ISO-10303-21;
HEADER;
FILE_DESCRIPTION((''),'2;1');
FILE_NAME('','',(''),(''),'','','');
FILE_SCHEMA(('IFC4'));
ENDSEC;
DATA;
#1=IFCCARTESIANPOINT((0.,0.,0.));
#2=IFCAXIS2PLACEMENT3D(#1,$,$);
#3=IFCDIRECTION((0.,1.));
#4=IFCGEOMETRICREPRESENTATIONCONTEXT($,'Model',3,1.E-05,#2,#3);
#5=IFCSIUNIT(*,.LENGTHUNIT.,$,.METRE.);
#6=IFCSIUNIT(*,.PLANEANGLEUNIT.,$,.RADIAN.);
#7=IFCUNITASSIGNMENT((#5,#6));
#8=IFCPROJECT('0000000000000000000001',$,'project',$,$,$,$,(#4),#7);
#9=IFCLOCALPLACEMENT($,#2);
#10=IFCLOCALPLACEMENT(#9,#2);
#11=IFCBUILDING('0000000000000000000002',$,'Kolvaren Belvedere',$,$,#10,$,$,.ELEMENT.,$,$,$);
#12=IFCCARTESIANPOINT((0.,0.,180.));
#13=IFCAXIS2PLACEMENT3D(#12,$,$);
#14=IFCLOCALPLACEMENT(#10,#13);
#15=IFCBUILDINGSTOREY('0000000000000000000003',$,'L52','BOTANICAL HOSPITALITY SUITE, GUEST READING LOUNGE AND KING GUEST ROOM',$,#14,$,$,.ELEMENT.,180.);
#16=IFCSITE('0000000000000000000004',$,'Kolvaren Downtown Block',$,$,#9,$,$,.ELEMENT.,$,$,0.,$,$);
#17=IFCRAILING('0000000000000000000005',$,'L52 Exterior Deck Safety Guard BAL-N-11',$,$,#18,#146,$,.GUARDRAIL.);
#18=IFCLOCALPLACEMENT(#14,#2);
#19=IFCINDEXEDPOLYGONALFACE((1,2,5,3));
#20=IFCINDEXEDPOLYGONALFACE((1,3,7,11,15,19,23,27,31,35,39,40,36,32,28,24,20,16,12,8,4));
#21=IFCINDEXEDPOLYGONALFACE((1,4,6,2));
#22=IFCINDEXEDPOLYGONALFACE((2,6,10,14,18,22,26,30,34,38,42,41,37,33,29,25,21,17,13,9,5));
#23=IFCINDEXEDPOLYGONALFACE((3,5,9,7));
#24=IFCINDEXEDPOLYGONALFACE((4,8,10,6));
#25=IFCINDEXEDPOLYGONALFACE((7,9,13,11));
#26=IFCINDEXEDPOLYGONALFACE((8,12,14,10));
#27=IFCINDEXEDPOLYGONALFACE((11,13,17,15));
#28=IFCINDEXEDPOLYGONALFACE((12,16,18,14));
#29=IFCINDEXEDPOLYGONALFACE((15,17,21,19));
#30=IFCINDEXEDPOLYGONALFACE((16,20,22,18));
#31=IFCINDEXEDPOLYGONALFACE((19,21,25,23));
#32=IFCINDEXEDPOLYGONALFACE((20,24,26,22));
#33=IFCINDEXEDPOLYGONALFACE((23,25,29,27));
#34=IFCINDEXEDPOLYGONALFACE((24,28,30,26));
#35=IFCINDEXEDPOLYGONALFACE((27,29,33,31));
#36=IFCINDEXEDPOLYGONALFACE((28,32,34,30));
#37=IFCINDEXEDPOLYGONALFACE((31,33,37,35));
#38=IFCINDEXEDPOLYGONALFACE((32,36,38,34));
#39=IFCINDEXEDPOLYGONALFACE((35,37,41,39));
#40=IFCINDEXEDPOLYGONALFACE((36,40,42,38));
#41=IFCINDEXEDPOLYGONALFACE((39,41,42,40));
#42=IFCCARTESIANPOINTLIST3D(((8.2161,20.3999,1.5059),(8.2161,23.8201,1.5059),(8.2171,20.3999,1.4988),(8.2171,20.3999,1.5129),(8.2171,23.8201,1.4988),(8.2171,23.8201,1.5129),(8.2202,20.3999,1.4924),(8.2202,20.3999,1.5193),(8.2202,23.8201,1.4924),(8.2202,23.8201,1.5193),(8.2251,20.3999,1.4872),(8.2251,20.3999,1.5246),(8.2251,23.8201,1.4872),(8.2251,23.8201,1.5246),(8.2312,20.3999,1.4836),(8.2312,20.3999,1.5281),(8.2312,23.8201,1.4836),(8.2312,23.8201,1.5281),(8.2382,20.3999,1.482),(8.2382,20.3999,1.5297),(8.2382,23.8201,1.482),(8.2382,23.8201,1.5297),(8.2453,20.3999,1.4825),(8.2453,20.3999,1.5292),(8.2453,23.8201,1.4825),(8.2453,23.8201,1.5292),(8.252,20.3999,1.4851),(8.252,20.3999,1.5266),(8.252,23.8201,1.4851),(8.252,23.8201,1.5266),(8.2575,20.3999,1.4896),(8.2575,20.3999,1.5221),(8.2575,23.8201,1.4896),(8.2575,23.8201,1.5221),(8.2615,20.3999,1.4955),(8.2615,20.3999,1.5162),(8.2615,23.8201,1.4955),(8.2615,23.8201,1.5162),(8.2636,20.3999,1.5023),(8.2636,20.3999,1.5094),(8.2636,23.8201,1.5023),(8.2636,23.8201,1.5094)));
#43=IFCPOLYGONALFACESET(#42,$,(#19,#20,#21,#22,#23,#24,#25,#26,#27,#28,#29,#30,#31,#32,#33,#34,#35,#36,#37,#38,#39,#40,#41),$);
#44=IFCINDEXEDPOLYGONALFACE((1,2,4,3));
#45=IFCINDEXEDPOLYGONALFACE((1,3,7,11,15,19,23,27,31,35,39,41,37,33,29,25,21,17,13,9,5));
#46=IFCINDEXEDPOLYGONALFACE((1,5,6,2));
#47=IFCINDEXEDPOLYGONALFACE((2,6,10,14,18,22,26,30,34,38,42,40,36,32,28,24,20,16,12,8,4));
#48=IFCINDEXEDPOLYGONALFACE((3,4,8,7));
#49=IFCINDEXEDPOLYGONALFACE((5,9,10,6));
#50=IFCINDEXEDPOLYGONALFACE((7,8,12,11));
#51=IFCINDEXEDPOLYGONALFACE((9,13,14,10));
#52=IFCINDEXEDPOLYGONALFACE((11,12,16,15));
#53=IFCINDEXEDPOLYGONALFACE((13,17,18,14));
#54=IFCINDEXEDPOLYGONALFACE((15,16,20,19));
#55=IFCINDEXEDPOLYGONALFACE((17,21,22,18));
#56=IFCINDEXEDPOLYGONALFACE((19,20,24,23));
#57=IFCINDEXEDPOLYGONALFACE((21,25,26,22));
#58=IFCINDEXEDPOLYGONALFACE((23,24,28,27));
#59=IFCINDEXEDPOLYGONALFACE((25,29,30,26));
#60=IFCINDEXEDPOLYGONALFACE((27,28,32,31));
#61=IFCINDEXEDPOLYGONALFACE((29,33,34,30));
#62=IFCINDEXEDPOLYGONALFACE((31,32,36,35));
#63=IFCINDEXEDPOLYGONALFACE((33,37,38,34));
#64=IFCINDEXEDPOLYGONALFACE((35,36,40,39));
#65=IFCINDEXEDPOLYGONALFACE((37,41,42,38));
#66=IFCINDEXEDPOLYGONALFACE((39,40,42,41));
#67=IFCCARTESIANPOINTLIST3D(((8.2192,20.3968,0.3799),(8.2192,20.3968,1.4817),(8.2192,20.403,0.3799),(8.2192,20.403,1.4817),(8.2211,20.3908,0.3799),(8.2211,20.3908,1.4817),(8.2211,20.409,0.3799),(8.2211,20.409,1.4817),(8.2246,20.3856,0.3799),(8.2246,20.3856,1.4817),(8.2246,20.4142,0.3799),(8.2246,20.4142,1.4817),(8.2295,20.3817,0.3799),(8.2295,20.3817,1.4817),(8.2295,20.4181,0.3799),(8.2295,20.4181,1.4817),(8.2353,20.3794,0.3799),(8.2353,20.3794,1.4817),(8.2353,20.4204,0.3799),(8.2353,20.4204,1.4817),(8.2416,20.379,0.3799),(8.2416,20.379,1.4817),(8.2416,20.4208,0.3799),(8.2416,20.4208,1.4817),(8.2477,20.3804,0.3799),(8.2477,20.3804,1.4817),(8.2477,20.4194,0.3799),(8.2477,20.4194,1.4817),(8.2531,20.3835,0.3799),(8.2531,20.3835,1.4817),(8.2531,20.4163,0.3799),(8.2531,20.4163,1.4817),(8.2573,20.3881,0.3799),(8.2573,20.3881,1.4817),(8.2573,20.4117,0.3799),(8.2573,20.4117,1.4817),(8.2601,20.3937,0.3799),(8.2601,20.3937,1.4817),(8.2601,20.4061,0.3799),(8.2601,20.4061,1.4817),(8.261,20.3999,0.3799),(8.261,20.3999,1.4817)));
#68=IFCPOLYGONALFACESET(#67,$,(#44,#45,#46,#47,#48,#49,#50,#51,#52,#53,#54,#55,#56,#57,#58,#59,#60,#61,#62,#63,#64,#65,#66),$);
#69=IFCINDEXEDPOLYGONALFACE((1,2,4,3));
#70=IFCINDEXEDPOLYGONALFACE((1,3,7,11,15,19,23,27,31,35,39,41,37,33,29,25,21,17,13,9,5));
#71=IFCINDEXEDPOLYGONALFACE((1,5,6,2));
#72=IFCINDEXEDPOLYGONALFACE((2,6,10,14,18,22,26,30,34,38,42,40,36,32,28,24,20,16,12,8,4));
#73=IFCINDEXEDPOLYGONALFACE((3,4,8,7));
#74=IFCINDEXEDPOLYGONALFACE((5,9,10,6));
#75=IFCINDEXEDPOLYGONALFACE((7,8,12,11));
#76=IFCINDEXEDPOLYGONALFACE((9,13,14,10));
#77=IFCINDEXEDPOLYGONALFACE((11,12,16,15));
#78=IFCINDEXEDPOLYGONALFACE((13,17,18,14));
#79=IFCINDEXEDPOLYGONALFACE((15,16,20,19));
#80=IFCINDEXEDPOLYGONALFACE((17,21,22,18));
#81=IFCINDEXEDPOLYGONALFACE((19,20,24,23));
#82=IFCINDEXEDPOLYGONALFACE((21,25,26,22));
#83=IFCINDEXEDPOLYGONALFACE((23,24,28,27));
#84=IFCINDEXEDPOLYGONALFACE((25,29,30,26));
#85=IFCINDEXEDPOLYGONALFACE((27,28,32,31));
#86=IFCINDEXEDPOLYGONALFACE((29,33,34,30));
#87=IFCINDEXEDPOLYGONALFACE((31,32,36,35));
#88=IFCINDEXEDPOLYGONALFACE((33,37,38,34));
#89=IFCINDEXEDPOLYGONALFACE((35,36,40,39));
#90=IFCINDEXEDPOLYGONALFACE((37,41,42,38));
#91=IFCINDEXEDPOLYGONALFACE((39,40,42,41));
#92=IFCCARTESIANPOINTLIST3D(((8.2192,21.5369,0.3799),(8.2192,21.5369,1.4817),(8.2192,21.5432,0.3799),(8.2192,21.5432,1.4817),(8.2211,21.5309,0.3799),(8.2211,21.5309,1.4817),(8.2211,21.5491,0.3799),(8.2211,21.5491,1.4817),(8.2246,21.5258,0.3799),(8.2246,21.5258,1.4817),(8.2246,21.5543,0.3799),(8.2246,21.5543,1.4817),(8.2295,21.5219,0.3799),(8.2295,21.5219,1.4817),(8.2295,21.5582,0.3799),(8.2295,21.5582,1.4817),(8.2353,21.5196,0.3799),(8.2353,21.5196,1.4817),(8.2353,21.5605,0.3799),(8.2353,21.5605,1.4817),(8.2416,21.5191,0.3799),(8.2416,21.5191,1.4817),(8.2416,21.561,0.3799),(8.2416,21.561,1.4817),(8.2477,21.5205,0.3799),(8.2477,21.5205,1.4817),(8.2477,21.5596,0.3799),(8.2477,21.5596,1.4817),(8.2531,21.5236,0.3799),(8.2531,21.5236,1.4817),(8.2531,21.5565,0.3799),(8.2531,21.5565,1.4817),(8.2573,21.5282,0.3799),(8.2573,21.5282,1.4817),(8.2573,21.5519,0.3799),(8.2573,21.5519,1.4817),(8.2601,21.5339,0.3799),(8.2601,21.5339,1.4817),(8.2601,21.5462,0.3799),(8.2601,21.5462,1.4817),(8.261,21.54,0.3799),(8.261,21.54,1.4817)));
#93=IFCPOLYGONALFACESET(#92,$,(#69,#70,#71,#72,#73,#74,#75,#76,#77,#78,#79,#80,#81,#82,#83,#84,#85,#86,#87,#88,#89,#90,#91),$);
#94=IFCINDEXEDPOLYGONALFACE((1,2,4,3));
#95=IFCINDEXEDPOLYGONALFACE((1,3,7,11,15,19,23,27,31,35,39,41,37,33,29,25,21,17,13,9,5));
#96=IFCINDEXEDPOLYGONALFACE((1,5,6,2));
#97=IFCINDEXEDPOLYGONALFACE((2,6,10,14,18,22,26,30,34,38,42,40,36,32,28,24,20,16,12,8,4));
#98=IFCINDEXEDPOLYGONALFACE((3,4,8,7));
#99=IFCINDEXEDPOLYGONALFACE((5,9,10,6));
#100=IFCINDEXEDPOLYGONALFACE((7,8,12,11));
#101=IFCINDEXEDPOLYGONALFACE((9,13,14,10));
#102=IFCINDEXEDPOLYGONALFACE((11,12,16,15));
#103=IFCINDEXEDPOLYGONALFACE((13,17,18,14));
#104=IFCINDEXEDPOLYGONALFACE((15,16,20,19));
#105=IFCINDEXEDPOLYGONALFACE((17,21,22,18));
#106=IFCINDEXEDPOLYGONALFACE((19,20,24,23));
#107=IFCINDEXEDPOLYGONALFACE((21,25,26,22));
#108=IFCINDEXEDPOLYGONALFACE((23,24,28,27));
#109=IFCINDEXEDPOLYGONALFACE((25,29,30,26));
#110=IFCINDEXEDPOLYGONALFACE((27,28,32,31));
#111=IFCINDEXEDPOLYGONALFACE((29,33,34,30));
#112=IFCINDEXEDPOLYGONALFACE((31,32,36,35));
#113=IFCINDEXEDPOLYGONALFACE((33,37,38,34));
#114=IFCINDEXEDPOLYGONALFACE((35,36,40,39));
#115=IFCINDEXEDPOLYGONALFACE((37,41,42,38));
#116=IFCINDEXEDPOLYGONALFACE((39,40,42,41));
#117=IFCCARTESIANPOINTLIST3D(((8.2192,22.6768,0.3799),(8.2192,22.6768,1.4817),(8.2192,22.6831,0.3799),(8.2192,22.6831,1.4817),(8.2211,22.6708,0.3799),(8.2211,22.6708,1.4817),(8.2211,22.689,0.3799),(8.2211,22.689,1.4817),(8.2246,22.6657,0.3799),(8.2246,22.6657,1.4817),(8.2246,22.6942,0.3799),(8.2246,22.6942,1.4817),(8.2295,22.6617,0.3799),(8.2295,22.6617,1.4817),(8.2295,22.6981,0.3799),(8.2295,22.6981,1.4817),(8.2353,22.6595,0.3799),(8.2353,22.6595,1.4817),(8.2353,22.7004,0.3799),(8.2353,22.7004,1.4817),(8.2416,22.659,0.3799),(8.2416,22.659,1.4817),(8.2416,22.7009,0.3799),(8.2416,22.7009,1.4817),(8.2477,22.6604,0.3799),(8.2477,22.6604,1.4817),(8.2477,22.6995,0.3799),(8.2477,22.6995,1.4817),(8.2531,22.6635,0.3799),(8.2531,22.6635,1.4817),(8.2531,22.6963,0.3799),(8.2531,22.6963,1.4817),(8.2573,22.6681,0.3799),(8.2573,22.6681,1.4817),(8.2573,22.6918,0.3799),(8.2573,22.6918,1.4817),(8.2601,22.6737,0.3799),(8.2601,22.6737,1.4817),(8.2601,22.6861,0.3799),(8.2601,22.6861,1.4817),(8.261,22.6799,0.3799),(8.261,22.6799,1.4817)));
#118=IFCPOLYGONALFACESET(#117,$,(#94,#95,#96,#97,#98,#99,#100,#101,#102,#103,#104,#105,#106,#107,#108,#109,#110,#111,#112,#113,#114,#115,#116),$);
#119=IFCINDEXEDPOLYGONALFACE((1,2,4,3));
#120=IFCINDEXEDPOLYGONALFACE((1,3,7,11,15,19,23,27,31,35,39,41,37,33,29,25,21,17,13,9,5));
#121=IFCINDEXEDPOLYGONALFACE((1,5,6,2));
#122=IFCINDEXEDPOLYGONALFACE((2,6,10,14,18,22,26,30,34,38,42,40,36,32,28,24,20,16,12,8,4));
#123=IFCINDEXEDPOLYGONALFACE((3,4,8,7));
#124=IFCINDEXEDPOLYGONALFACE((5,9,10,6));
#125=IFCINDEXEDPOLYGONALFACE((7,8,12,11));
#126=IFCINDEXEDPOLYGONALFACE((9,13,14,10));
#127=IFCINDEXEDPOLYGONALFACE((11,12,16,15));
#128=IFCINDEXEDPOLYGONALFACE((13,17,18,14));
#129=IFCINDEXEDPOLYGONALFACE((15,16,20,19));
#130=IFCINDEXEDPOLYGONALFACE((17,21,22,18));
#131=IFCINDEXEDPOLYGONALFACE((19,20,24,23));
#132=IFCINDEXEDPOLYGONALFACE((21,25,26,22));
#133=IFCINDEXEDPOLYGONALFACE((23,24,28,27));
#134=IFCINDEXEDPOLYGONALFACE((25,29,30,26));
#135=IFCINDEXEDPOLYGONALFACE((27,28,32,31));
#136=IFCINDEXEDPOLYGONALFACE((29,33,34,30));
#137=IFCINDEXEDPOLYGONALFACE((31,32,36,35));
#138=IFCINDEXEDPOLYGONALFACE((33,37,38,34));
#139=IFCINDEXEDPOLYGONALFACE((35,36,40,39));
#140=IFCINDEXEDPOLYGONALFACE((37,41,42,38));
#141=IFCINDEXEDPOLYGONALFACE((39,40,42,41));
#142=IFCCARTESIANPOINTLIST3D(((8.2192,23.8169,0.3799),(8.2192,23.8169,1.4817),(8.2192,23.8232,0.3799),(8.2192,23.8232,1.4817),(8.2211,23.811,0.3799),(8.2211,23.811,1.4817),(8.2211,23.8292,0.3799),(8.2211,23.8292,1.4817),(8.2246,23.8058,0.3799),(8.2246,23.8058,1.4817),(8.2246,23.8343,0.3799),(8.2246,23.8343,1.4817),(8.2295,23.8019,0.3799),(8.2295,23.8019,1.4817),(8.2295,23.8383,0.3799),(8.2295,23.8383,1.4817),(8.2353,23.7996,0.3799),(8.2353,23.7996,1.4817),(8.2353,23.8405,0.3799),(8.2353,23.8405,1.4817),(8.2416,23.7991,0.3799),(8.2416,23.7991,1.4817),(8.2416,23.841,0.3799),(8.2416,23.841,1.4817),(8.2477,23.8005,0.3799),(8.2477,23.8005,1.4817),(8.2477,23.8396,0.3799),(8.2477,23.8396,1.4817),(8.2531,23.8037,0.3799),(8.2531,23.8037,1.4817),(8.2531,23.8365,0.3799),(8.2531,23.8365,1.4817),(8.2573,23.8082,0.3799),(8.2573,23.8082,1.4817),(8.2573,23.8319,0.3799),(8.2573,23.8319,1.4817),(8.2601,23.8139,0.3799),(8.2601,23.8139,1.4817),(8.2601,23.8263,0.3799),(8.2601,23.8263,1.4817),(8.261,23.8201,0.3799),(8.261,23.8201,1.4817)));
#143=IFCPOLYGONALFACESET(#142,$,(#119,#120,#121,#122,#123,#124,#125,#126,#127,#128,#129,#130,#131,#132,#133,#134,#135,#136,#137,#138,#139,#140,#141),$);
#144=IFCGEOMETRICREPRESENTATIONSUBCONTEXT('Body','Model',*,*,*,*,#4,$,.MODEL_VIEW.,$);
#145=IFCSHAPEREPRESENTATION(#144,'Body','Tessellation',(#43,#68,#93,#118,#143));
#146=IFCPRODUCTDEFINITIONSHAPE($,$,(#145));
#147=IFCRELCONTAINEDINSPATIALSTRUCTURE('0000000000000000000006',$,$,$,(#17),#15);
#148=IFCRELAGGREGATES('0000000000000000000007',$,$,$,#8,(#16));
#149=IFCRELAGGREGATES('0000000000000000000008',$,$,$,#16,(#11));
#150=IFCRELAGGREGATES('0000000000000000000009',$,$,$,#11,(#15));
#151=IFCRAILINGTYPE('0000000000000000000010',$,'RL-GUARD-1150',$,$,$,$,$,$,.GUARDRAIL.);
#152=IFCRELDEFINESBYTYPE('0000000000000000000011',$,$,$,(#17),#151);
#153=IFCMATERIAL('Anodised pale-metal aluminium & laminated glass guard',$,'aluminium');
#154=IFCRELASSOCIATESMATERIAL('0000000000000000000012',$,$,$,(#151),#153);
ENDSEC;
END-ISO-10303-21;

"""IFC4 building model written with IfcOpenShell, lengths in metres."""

from ifc_helpers import new_model, si_unit, direction, frame, origin, origin_2d, place, context, subcontext, project, spatial, circle, extrude, material, type_object, element, save


model = new_model("IFC4")

# Units and contexts
model_context = context("Model", 3, precision=1e-05, world=origin(), true_north=direction((0.0, 1.0)))
body_context = subcontext(model_context, "Body", "Model", "MODEL_VIEW")
ifc_project = project(units=[si_unit("LENGTHUNIT", "METRE"), si_unit("PLANEANGLEUNIT", "RADIAN")], contexts=[model_context])

# Site, building, storey
site_placement = place(None, origin())
site = spatial("IfcSite", under=ifc_project, at=site_placement, Name="Kolvaren Downtown Block", CompositionType="ELEMENT", RefElevation=0.0)
building_placement = place(site_placement, origin())
building = spatial("IfcBuilding", under=site, at=building_placement, Name="Kolvaren Belvedere", CompositionType="ELEMENT")
storey_placement = place(building_placement, frame((0.0, 0.0, 180.0)))
storey = spatial("IfcBuildingStorey", under=building, at=storey_placement, Name="L52", Description="BOTANICAL HOSPITALITY SUITE, GUEST READING LOUNGE AND KING GUEST ROOM", CompositionType="ELEMENT", Elevation=180.0)

# Railing
ifc_material_1 = material(Name="Anodised pale-metal aluminium & laminated glass guard", Category="aluminium")
railing_type = type_object("IfcRailingType", Name="RL-GUARD-1150", PredefinedType="GUARDRAIL", material=ifc_material_1)
railing_1_placement = place(storey_placement, frame((8.24, 20.3999, 0.3799)))
element("IfcRailing", 1, at=railing_1_placement, inside=storey, type_object=railing_type, Name="L52 Exterior Deck Safety Guard BAL-N-11", PredefinedType="GUARDRAIL", context=body_context, shape_type="SweptSolid", body=[
    extrude(circle(Radius=0.0239, at=origin_2d()), frame((0.0, 0.0, 1.126), z_axis=(0.0, 1.0, 0.0), x_axis=(-1.0, 0.0, 0.0)), (0.0, 0.0, 1.0), 3.4202),
    extrude(circle(Radius=0.021, at=origin_2d()), origin(), (0.0, 0.0, 1.0), 1.1018),
    extrude(circle(Radius=0.021, at=origin_2d()), frame((0.0, 1.1401, 0.0)), (0.0, 0.0, 1.0), 1.1018),
    extrude(circle(Radius=0.021, at=origin_2d()), frame((0.0, 2.28, 0.0)), (0.0, 0.0, 1.0), 1.1018),
    extrude(circle(Radius=0.021, at=origin_2d()), frame((0.0, 3.4202, 0.0)), (0.0, 0.0, 1.0), 1.1018),
])

save(model, "model.ifc")
